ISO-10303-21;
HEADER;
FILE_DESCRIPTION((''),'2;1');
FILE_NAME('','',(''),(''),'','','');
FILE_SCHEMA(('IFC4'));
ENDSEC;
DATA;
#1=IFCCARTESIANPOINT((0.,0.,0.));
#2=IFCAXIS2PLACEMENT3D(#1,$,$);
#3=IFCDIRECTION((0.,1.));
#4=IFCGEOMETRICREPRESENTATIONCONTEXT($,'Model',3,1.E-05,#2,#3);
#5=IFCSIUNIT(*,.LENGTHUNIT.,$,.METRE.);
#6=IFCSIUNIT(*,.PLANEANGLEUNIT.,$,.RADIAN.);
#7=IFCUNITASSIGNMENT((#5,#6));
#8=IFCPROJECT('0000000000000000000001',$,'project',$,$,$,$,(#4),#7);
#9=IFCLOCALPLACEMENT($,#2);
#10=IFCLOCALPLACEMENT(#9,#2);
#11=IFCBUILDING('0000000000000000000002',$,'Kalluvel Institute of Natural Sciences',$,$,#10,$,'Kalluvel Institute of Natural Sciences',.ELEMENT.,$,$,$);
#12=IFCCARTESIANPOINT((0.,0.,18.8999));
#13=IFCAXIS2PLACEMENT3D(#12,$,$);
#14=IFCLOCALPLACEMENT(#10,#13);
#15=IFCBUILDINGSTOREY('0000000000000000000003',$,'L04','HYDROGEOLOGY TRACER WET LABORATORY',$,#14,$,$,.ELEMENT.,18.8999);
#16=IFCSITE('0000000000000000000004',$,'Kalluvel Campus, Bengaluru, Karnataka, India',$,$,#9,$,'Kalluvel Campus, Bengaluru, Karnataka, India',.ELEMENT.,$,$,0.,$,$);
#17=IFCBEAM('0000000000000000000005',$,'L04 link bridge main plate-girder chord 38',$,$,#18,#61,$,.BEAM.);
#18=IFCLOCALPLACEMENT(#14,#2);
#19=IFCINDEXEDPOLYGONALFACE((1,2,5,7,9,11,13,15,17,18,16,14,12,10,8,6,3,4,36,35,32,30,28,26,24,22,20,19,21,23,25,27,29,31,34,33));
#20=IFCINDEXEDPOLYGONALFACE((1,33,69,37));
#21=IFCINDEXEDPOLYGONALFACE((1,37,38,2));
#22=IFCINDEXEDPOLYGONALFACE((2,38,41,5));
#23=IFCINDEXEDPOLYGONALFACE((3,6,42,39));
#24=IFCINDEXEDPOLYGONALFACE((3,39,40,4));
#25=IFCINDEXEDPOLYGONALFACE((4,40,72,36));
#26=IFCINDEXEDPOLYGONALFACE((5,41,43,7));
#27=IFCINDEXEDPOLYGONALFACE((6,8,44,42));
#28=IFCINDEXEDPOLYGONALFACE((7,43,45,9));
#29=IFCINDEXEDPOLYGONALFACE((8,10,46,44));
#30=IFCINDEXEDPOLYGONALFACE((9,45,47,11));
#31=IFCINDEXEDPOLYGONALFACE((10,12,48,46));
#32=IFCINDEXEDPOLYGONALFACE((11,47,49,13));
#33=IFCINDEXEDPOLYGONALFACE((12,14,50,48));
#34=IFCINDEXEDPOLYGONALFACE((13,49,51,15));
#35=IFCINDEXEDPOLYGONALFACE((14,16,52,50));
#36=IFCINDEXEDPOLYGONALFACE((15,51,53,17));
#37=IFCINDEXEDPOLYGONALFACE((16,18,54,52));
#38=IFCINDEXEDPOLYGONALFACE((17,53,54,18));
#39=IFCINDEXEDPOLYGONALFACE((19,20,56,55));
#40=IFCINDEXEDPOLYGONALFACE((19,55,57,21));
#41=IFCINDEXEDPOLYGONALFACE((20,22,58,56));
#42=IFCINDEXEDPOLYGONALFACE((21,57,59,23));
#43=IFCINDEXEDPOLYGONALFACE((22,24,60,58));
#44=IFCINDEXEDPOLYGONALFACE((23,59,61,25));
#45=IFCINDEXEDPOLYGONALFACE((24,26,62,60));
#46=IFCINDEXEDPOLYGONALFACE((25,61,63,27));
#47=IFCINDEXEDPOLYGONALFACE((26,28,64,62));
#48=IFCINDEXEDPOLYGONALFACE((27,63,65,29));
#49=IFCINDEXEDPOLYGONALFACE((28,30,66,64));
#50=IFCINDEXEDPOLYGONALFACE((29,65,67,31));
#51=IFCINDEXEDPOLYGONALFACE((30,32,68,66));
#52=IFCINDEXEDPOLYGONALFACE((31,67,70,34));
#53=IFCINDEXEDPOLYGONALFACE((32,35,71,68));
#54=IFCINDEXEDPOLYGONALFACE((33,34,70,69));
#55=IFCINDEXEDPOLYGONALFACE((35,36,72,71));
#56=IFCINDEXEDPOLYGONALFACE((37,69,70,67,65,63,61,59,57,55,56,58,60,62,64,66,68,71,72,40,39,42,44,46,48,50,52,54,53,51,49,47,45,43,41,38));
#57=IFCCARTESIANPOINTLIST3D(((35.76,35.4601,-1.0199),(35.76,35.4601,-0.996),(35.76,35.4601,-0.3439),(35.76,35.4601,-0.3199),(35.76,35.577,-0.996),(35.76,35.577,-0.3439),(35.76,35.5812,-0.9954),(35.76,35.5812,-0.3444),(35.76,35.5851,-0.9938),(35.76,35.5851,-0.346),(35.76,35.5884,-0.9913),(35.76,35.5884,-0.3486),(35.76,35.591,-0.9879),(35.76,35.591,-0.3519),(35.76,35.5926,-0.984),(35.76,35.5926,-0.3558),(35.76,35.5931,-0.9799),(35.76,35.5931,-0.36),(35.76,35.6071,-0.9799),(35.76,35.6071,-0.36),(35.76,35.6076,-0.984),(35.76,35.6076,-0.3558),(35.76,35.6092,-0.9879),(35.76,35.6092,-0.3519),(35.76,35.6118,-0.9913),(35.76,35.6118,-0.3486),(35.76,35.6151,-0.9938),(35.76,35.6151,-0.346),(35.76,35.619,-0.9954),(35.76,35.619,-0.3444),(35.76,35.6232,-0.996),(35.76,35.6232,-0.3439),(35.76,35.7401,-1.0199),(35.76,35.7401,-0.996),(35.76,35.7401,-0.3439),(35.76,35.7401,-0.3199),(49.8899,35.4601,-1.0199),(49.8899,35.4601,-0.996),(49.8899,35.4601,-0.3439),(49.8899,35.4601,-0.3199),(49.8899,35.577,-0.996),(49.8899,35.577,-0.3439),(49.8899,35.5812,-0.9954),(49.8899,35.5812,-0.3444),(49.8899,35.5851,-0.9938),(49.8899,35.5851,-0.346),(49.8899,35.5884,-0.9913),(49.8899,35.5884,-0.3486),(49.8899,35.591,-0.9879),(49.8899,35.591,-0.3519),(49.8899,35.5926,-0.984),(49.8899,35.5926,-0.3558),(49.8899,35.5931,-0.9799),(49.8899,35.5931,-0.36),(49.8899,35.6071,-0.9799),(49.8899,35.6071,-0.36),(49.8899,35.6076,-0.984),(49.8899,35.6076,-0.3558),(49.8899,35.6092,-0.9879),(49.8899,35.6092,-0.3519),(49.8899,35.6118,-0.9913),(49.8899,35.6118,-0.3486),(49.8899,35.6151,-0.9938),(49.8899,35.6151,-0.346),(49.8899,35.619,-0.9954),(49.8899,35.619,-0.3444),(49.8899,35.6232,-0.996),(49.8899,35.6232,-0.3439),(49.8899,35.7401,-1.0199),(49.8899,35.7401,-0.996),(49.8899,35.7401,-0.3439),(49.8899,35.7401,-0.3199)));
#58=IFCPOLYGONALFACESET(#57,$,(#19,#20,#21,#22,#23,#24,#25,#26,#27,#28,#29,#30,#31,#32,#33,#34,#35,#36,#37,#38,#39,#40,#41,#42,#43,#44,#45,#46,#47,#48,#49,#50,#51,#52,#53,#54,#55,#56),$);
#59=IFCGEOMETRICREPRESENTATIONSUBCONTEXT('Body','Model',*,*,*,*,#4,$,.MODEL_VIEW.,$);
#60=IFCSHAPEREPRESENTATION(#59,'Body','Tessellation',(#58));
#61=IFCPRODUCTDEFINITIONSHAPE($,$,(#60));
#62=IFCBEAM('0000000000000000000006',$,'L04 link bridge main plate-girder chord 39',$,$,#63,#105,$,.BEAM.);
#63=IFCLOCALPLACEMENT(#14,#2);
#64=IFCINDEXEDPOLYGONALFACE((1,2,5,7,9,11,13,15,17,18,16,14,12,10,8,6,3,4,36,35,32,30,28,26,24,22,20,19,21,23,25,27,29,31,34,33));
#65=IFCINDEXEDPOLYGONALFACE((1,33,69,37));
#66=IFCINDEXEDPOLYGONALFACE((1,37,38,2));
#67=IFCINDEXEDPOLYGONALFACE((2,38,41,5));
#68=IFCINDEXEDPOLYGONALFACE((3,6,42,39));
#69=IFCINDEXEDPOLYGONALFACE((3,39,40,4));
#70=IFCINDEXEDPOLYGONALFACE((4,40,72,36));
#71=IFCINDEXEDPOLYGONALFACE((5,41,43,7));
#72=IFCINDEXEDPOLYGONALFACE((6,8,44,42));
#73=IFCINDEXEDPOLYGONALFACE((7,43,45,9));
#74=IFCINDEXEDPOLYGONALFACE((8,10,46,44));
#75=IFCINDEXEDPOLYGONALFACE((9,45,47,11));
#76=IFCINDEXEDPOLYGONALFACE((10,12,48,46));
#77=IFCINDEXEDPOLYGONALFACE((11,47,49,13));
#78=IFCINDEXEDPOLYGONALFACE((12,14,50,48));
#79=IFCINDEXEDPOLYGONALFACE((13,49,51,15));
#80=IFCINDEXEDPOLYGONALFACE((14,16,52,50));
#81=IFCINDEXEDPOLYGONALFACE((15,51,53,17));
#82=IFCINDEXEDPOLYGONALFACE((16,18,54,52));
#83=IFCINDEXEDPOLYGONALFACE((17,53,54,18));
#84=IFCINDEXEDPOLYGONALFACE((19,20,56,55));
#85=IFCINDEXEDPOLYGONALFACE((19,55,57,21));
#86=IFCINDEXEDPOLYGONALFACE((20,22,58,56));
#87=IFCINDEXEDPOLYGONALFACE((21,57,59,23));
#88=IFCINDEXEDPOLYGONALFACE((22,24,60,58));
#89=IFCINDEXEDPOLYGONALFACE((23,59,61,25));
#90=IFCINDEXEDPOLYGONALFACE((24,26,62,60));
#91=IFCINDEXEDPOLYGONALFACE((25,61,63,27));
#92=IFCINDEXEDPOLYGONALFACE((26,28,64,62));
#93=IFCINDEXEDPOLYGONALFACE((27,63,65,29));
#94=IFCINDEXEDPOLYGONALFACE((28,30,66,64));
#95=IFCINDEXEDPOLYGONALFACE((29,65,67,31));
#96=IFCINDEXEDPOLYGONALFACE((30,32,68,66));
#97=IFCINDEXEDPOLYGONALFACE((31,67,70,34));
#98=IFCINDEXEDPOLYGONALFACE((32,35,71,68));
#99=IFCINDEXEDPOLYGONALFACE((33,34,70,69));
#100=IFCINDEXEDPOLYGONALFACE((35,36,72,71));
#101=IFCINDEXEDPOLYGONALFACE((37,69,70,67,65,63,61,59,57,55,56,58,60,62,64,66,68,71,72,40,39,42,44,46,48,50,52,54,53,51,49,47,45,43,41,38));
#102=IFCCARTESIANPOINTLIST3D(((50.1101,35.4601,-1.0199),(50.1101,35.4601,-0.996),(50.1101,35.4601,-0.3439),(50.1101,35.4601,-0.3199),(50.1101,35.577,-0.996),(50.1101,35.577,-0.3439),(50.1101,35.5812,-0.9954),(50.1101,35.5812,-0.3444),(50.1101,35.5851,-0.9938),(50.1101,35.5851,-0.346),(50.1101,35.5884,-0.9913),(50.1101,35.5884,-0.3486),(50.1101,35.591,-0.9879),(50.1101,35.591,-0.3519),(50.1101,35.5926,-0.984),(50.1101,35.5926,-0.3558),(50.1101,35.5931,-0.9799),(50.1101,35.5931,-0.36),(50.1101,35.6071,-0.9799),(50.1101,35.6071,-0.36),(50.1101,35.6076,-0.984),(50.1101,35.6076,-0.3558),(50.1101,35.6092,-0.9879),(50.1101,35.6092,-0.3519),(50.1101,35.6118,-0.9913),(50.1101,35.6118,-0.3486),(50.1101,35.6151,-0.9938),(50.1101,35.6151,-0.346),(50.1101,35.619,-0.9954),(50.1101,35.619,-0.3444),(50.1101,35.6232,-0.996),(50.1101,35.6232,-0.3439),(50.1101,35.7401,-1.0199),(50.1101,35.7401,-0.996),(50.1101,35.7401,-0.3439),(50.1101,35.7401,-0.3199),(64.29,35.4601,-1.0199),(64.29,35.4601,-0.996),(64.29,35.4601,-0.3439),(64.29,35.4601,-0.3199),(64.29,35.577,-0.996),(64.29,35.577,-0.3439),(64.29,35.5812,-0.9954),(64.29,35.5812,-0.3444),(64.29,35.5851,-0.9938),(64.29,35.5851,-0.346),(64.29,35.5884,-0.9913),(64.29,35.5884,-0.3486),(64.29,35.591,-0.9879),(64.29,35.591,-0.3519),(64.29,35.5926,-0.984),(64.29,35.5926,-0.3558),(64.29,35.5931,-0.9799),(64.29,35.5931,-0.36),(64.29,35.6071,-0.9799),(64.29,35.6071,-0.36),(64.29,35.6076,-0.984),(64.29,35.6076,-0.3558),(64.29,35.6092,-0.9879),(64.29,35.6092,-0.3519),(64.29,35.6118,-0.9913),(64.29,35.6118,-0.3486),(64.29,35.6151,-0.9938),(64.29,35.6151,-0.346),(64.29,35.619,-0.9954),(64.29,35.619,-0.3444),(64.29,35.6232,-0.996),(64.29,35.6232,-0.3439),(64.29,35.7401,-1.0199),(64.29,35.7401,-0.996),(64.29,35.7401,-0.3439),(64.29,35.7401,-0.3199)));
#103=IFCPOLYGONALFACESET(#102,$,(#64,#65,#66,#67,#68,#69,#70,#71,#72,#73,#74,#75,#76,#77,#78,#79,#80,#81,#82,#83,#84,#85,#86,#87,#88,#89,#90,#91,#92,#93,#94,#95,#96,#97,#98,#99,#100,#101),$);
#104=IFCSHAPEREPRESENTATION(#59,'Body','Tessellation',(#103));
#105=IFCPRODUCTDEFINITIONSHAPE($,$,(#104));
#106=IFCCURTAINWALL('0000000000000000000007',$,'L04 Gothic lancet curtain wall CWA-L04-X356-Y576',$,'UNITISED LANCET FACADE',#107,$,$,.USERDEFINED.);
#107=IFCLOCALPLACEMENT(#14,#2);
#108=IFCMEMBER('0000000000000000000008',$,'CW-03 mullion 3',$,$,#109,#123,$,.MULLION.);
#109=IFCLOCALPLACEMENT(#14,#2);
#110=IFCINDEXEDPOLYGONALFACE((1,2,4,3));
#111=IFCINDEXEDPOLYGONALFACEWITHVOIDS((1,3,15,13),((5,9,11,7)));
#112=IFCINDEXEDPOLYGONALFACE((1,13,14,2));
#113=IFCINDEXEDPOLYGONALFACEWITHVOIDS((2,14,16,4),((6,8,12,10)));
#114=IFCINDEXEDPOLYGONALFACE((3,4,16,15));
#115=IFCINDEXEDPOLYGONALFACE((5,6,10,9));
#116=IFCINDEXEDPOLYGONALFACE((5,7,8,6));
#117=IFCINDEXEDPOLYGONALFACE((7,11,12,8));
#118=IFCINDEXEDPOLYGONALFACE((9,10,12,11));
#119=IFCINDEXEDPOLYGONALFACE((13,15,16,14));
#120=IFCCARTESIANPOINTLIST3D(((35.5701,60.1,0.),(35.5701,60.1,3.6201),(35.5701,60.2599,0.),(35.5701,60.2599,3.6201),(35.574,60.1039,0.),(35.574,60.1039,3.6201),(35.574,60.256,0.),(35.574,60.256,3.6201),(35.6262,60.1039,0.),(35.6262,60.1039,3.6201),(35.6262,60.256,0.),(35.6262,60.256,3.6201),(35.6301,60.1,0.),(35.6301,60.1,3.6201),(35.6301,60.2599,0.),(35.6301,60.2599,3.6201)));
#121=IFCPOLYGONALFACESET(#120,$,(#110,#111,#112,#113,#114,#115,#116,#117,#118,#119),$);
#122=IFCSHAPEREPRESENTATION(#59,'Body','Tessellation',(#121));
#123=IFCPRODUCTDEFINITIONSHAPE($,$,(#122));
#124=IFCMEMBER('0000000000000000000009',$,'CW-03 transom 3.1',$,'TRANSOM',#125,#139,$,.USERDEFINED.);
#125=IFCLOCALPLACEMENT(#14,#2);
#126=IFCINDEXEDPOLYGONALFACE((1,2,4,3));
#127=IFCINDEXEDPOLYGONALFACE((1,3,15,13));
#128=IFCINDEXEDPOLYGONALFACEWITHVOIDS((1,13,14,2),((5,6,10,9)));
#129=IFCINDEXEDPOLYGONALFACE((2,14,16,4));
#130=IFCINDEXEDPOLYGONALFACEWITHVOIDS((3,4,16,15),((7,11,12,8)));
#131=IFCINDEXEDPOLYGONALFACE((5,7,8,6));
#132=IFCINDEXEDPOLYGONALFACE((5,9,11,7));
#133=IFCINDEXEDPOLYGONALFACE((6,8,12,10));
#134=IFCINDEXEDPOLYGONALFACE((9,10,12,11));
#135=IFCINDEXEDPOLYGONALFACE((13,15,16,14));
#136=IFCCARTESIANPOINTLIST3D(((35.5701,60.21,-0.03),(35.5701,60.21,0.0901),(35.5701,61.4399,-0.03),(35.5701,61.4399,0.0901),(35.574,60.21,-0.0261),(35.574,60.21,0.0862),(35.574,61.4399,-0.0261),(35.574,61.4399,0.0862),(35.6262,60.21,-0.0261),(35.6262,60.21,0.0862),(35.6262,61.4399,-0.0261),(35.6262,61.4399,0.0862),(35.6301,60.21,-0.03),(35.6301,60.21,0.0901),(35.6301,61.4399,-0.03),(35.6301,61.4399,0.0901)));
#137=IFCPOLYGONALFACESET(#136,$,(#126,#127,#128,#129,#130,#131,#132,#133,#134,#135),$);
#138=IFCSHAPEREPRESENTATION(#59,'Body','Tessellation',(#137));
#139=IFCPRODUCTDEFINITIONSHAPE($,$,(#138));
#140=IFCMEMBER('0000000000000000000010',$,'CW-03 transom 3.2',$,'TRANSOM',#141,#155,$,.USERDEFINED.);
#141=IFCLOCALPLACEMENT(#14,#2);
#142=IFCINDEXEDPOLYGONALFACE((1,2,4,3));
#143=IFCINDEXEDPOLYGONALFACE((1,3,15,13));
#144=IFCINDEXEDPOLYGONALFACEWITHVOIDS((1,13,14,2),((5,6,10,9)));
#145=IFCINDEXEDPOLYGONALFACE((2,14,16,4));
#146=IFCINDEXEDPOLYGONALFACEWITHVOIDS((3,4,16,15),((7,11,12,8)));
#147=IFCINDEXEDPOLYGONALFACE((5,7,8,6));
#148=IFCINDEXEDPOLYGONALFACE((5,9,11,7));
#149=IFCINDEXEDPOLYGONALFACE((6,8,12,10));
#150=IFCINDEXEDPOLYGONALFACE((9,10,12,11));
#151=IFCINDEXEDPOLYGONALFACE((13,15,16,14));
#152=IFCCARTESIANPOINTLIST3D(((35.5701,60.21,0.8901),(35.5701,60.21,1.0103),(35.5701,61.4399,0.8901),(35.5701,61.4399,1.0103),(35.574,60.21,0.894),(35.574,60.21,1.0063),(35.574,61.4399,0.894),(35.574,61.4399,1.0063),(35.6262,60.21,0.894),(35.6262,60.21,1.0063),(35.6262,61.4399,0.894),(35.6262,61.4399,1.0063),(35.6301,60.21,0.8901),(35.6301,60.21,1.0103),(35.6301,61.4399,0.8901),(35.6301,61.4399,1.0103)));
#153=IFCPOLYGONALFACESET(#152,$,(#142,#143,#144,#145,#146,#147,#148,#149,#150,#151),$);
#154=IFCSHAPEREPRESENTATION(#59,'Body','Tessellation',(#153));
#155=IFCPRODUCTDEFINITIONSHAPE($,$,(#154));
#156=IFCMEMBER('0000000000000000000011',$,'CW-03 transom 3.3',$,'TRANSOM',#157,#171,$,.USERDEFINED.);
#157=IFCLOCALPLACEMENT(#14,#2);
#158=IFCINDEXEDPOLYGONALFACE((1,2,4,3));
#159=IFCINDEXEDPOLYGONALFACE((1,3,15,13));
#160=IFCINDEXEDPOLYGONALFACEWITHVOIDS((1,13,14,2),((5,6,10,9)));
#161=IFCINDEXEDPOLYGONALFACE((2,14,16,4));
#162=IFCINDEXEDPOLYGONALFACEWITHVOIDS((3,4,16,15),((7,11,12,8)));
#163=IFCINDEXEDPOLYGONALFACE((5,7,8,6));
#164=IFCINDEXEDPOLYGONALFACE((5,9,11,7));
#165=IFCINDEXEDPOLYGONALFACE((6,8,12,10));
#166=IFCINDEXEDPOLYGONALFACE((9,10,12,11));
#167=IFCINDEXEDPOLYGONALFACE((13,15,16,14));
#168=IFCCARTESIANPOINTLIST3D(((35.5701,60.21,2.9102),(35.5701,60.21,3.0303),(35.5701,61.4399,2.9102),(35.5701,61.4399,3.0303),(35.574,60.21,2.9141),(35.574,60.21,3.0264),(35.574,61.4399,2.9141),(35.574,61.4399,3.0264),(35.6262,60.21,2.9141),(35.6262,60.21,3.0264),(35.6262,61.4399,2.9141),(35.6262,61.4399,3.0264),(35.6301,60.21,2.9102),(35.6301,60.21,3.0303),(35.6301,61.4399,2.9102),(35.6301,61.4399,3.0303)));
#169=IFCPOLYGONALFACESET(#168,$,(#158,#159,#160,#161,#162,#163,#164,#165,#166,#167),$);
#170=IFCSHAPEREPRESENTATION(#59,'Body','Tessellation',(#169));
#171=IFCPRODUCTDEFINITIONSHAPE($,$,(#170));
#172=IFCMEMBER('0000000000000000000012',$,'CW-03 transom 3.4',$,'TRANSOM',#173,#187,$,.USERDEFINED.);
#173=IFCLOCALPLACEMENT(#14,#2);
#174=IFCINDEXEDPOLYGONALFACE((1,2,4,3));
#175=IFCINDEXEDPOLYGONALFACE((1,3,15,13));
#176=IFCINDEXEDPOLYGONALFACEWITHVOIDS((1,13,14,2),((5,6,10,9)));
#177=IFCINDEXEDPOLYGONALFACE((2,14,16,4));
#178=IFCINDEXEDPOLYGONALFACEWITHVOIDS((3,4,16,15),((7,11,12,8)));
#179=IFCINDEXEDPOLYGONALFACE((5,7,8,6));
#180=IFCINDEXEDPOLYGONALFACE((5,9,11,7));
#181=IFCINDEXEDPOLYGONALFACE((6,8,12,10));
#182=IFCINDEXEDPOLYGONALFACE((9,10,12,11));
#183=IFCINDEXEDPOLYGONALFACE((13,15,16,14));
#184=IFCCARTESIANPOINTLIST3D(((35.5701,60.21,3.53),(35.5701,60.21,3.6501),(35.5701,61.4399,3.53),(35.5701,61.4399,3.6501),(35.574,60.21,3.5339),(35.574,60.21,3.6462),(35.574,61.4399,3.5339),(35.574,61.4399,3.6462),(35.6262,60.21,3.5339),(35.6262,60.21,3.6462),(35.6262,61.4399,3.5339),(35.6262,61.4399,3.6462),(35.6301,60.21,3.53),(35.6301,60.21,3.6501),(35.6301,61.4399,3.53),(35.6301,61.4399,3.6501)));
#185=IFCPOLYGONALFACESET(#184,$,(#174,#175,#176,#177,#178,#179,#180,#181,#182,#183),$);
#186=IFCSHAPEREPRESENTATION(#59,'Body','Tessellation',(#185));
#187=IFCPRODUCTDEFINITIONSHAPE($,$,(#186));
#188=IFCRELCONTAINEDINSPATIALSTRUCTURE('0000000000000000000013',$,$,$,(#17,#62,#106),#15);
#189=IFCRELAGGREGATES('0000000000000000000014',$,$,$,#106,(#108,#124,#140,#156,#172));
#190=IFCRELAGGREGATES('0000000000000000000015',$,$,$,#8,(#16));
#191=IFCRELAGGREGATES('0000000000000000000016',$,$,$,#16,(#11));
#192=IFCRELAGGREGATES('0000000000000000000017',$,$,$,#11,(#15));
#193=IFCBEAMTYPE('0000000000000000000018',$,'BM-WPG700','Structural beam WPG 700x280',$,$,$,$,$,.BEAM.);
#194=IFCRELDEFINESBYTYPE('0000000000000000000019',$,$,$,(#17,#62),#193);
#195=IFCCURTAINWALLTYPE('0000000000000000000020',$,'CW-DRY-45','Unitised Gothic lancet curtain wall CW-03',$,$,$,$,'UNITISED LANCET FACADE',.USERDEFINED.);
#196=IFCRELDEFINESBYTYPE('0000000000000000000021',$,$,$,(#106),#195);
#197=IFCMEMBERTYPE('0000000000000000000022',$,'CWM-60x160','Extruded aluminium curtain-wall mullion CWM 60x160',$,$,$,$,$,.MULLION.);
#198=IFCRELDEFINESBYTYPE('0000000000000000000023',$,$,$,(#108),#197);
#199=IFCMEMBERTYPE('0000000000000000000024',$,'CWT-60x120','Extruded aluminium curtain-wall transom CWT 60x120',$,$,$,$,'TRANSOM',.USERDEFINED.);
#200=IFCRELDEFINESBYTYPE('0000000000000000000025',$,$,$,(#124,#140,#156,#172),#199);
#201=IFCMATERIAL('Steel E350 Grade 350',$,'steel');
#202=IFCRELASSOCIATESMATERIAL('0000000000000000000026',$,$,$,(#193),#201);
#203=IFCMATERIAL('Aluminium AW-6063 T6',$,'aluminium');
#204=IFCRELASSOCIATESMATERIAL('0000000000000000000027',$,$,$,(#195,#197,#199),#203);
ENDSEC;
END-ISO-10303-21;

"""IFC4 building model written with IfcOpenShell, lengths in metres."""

from ifc_helpers import new_model, si_unit, direction, frame, origin, origin_2d, place, context, subcontext, project, spatial, hollow_rectangle, i_section, extrude, material, material_profile, profile_set, type_object, element, aggregate, save


model = new_model("IFC4")

# Units and contexts
model_context = context("Model", 3, precision=1e-05, world=origin(), true_north=direction((0.0, 1.0)))
body_context = subcontext(model_context, "Body", "Model", "MODEL_VIEW")
ifc_project = project(units=[si_unit("LENGTHUNIT", "METRE"), si_unit("PLANEANGLEUNIT", "RADIAN")], contexts=[model_context])

# Site, building, storey
site_placement = place(None, origin())
site = spatial("IfcSite", under=ifc_project, at=site_placement, Name="Kalluvel Campus, Bengaluru, Karnataka, India", LongName="Kalluvel Campus, Bengaluru, Karnataka, India", CompositionType="ELEMENT", RefElevation=0.0)
building_placement = place(site_placement, origin())
building = spatial("IfcBuilding", under=site, at=building_placement, Name="Kalluvel Institute of Natural Sciences", LongName="Kalluvel Institute of Natural Sciences", CompositionType="ELEMENT")
storey_placement = place(building_placement, frame((0.0, 0.0, 18.8999)))
storey = spatial("IfcBuildingStorey", under=building, at=storey_placement, Name="L04", Description="HYDROGEOLOGY TRACER WET LABORATORY", CompositionType="ELEMENT", Elevation=18.8999)

# Beams
ifc_material_1 = material(Name="Steel E350 Grade 350", Category="steel")
ifc_material_profile_1 = material_profile(ifc_material_1, i_section(OverallWidth=0.28, OverallDepth=0.7, WebThickness=0.0139, FlangeThickness=0.0239, FilletRadius=0.0161, at=origin_2d()), Name="WPG 700x280")
ifc_profile_set_1 = profile_set([ifc_material_profile_1], Name="Steel E350 Grade 350")
beam_type_1 = type_object("IfcBeamType", Name="BM-WPG700", Description="Structural beam WPG 700x280", PredefinedType="BEAM", material=ifc_profile_set_1)
beam_1_placement = place(storey_placement, frame((35.76, 35.6001, -0.6699), z_axis=(1.0, 0.0, 0.0), x_axis=(0.0, 1.0, 0.0)))
element("IfcBeam", 1, at=beam_1_placement, inside=storey, type_object=beam_type_1, Name="L04 link bridge main plate-girder chord 38", PredefinedType="BEAM", context=body_context, shape_type="SweptSolid", body=[
    extrude(i_section(OverallWidth=0.28, OverallDepth=0.7, WebThickness=0.0139, FlangeThickness=0.0239, FilletRadius=0.0161, at=origin_2d()), origin(), (0.0, 0.0, 1.0), 14.1299),
])
beam_2_placement = place(storey_placement, frame((50.1101, 35.6001, -0.6699), z_axis=(1.0, 0.0, 0.0), x_axis=(0.0, 1.0, 0.0)))
element("IfcBeam", 2, at=beam_2_placement, inside=storey, type_object=beam_type_1, Name="L04 link bridge main plate-girder chord 39", PredefinedType="BEAM", context=body_context, shape_type="SweptSolid", body=[
    extrude(i_section(OverallWidth=0.28, OverallDepth=0.7, WebThickness=0.0139, FlangeThickness=0.0239, FilletRadius=0.0161, at=origin_2d()), origin(), (0.0, 0.0, 1.0), 14.1799),
])

# Curtain wall, members
ifc_material_2 = material(Name="Aluminium AW-6063 T6", Category="aluminium")
curtain_wall_type = type_object("IfcCurtainWallType", Name="CW-DRY-45", Description="Unitised Gothic lancet curtain wall CW-03", ElementType="UNITISED LANCET FACADE", PredefinedType="USERDEFINED", material=ifc_material_2)
curtain_wall_placement = place(storey_placement, origin())
curtain_wall = element("IfcCurtainWall", 3, at=curtain_wall_placement, inside=storey, type_object=curtain_wall_type, Name="L04 Gothic lancet curtain wall CWA-L04-X356-Y576", ObjectType="UNITISED LANCET FACADE", PredefinedType="USERDEFINED")
ifc_material_profile_2 = material_profile(ifc_material_2, hollow_rectangle(XDim=0.0601, YDim=0.1599, WallThickness=0.0039, at=origin_2d()), Name="CWM 60x160")
ifc_profile_set_2 = profile_set([ifc_material_profile_2], Name="Aluminium AW-6063 T6")
member_type_1 = type_object("IfcMemberType", Name="CWM-60x160", Description="Extruded aluminium curtain-wall mullion CWM 60x160", PredefinedType="MULLION", material=ifc_profile_set_2)
member_1_placement = place(storey_placement, frame((35.6001, 60.1799, 0.0), z_axis=(0.0, 0.0, 1.0), x_axis=(-1.0, 0.0, 0.0)))
member_1 = element("IfcMember", 4, at=member_1_placement, type_object=member_type_1, Name="CW-03 mullion 3", PredefinedType="MULLION", context=body_context, shape_type="SweptSolid", body=[
    extrude(hollow_rectangle(XDim=0.0601, YDim=0.1599, WallThickness=0.0039, at=origin_2d()), origin(), (0.0, 0.0, 1.0), 3.6201),
])
ifc_material_profile_3 = material_profile(ifc_material_2, hollow_rectangle(XDim=0.0601, YDim=0.1201, WallThickness=0.0039, at=origin_2d()), Name="CWT 60x120")
ifc_profile_set_3 = profile_set([ifc_material_profile_3], Name="Aluminium AW-6063 T6")
member_type_2 = type_object("IfcMemberType", Name="CWT-60x120", Description="Extruded aluminium curtain-wall transom CWT 60x120", ElementType="TRANSOM", PredefinedType="USERDEFINED", material=ifc_profile_set_3)
member_2_placement = place(storey_placement, frame((35.6001, 60.21, 0.03), z_axis=(0.0, 1.0, 0.0), x_axis=(-1.0, 0.0, 0.0)))
member_2 = element("IfcMember", 5, at=member_2_placement, type_object=member_type_2, Name="CW-03 transom 3.1", ObjectType="TRANSOM", PredefinedType="USERDEFINED", context=body_context, shape_type="SweptSolid", body=[
    extrude(hollow_rectangle(XDim=0.0601, YDim=0.1201, WallThickness=0.0039, at=origin_2d()), origin(), (0.0, 0.0, 1.0), 1.23),
])
member_3_placement = place(storey_placement, frame((35.6001, 60.21, 0.9502), z_axis=(0.0, 1.0, 0.0), x_axis=(-1.0, 0.0, 0.0)))
member_3 = element("IfcMember", 6, at=member_3_placement, type_object=member_type_2, Name="CW-03 transom 3.2", ObjectType="TRANSOM", PredefinedType="USERDEFINED", context=body_context, shape_type="SweptSolid", body=[
    extrude(hollow_rectangle(XDim=0.0601, YDim=0.1201, WallThickness=0.0039, at=origin_2d()), origin(), (0.0, 0.0, 1.0), 1.23),
])
member_4_placement = place(storey_placement, frame((35.6001, 60.21, 2.9702), z_axis=(0.0, 1.0, 0.0), x_axis=(-1.0, 0.0, 0.0)))
member_4 = element("IfcMember", 7, at=member_4_placement, type_object=member_type_2, Name="CW-03 transom 3.3", ObjectType="TRANSOM", PredefinedType="USERDEFINED", context=body_context, shape_type="SweptSolid", body=[
    extrude(hollow_rectangle(XDim=0.0601, YDim=0.1201, WallThickness=0.0039, at=origin_2d()), origin(), (0.0, 0.0, 1.0), 1.23),
])
member_5_placement = place(storey_placement, frame((35.6001, 60.21, 3.5901), z_axis=(0.0, 1.0, 0.0), x_axis=(-1.0, 0.0, 0.0)))
member_5 = element("IfcMember", 8, at=member_5_placement, type_object=member_type_2, Name="CW-03 transom 3.4", ObjectType="TRANSOM", PredefinedType="USERDEFINED", context=body_context, shape_type="SweptSolid", body=[
    extrude(hollow_rectangle(XDim=0.0601, YDim=0.1201, WallThickness=0.0039, at=origin_2d()), origin(), (0.0, 0.0, 1.0), 1.23),
])

aggregate(curtain_wall, [member_1, member_2, member_3, member_4, member_5])

save(model, "model.ifc")
